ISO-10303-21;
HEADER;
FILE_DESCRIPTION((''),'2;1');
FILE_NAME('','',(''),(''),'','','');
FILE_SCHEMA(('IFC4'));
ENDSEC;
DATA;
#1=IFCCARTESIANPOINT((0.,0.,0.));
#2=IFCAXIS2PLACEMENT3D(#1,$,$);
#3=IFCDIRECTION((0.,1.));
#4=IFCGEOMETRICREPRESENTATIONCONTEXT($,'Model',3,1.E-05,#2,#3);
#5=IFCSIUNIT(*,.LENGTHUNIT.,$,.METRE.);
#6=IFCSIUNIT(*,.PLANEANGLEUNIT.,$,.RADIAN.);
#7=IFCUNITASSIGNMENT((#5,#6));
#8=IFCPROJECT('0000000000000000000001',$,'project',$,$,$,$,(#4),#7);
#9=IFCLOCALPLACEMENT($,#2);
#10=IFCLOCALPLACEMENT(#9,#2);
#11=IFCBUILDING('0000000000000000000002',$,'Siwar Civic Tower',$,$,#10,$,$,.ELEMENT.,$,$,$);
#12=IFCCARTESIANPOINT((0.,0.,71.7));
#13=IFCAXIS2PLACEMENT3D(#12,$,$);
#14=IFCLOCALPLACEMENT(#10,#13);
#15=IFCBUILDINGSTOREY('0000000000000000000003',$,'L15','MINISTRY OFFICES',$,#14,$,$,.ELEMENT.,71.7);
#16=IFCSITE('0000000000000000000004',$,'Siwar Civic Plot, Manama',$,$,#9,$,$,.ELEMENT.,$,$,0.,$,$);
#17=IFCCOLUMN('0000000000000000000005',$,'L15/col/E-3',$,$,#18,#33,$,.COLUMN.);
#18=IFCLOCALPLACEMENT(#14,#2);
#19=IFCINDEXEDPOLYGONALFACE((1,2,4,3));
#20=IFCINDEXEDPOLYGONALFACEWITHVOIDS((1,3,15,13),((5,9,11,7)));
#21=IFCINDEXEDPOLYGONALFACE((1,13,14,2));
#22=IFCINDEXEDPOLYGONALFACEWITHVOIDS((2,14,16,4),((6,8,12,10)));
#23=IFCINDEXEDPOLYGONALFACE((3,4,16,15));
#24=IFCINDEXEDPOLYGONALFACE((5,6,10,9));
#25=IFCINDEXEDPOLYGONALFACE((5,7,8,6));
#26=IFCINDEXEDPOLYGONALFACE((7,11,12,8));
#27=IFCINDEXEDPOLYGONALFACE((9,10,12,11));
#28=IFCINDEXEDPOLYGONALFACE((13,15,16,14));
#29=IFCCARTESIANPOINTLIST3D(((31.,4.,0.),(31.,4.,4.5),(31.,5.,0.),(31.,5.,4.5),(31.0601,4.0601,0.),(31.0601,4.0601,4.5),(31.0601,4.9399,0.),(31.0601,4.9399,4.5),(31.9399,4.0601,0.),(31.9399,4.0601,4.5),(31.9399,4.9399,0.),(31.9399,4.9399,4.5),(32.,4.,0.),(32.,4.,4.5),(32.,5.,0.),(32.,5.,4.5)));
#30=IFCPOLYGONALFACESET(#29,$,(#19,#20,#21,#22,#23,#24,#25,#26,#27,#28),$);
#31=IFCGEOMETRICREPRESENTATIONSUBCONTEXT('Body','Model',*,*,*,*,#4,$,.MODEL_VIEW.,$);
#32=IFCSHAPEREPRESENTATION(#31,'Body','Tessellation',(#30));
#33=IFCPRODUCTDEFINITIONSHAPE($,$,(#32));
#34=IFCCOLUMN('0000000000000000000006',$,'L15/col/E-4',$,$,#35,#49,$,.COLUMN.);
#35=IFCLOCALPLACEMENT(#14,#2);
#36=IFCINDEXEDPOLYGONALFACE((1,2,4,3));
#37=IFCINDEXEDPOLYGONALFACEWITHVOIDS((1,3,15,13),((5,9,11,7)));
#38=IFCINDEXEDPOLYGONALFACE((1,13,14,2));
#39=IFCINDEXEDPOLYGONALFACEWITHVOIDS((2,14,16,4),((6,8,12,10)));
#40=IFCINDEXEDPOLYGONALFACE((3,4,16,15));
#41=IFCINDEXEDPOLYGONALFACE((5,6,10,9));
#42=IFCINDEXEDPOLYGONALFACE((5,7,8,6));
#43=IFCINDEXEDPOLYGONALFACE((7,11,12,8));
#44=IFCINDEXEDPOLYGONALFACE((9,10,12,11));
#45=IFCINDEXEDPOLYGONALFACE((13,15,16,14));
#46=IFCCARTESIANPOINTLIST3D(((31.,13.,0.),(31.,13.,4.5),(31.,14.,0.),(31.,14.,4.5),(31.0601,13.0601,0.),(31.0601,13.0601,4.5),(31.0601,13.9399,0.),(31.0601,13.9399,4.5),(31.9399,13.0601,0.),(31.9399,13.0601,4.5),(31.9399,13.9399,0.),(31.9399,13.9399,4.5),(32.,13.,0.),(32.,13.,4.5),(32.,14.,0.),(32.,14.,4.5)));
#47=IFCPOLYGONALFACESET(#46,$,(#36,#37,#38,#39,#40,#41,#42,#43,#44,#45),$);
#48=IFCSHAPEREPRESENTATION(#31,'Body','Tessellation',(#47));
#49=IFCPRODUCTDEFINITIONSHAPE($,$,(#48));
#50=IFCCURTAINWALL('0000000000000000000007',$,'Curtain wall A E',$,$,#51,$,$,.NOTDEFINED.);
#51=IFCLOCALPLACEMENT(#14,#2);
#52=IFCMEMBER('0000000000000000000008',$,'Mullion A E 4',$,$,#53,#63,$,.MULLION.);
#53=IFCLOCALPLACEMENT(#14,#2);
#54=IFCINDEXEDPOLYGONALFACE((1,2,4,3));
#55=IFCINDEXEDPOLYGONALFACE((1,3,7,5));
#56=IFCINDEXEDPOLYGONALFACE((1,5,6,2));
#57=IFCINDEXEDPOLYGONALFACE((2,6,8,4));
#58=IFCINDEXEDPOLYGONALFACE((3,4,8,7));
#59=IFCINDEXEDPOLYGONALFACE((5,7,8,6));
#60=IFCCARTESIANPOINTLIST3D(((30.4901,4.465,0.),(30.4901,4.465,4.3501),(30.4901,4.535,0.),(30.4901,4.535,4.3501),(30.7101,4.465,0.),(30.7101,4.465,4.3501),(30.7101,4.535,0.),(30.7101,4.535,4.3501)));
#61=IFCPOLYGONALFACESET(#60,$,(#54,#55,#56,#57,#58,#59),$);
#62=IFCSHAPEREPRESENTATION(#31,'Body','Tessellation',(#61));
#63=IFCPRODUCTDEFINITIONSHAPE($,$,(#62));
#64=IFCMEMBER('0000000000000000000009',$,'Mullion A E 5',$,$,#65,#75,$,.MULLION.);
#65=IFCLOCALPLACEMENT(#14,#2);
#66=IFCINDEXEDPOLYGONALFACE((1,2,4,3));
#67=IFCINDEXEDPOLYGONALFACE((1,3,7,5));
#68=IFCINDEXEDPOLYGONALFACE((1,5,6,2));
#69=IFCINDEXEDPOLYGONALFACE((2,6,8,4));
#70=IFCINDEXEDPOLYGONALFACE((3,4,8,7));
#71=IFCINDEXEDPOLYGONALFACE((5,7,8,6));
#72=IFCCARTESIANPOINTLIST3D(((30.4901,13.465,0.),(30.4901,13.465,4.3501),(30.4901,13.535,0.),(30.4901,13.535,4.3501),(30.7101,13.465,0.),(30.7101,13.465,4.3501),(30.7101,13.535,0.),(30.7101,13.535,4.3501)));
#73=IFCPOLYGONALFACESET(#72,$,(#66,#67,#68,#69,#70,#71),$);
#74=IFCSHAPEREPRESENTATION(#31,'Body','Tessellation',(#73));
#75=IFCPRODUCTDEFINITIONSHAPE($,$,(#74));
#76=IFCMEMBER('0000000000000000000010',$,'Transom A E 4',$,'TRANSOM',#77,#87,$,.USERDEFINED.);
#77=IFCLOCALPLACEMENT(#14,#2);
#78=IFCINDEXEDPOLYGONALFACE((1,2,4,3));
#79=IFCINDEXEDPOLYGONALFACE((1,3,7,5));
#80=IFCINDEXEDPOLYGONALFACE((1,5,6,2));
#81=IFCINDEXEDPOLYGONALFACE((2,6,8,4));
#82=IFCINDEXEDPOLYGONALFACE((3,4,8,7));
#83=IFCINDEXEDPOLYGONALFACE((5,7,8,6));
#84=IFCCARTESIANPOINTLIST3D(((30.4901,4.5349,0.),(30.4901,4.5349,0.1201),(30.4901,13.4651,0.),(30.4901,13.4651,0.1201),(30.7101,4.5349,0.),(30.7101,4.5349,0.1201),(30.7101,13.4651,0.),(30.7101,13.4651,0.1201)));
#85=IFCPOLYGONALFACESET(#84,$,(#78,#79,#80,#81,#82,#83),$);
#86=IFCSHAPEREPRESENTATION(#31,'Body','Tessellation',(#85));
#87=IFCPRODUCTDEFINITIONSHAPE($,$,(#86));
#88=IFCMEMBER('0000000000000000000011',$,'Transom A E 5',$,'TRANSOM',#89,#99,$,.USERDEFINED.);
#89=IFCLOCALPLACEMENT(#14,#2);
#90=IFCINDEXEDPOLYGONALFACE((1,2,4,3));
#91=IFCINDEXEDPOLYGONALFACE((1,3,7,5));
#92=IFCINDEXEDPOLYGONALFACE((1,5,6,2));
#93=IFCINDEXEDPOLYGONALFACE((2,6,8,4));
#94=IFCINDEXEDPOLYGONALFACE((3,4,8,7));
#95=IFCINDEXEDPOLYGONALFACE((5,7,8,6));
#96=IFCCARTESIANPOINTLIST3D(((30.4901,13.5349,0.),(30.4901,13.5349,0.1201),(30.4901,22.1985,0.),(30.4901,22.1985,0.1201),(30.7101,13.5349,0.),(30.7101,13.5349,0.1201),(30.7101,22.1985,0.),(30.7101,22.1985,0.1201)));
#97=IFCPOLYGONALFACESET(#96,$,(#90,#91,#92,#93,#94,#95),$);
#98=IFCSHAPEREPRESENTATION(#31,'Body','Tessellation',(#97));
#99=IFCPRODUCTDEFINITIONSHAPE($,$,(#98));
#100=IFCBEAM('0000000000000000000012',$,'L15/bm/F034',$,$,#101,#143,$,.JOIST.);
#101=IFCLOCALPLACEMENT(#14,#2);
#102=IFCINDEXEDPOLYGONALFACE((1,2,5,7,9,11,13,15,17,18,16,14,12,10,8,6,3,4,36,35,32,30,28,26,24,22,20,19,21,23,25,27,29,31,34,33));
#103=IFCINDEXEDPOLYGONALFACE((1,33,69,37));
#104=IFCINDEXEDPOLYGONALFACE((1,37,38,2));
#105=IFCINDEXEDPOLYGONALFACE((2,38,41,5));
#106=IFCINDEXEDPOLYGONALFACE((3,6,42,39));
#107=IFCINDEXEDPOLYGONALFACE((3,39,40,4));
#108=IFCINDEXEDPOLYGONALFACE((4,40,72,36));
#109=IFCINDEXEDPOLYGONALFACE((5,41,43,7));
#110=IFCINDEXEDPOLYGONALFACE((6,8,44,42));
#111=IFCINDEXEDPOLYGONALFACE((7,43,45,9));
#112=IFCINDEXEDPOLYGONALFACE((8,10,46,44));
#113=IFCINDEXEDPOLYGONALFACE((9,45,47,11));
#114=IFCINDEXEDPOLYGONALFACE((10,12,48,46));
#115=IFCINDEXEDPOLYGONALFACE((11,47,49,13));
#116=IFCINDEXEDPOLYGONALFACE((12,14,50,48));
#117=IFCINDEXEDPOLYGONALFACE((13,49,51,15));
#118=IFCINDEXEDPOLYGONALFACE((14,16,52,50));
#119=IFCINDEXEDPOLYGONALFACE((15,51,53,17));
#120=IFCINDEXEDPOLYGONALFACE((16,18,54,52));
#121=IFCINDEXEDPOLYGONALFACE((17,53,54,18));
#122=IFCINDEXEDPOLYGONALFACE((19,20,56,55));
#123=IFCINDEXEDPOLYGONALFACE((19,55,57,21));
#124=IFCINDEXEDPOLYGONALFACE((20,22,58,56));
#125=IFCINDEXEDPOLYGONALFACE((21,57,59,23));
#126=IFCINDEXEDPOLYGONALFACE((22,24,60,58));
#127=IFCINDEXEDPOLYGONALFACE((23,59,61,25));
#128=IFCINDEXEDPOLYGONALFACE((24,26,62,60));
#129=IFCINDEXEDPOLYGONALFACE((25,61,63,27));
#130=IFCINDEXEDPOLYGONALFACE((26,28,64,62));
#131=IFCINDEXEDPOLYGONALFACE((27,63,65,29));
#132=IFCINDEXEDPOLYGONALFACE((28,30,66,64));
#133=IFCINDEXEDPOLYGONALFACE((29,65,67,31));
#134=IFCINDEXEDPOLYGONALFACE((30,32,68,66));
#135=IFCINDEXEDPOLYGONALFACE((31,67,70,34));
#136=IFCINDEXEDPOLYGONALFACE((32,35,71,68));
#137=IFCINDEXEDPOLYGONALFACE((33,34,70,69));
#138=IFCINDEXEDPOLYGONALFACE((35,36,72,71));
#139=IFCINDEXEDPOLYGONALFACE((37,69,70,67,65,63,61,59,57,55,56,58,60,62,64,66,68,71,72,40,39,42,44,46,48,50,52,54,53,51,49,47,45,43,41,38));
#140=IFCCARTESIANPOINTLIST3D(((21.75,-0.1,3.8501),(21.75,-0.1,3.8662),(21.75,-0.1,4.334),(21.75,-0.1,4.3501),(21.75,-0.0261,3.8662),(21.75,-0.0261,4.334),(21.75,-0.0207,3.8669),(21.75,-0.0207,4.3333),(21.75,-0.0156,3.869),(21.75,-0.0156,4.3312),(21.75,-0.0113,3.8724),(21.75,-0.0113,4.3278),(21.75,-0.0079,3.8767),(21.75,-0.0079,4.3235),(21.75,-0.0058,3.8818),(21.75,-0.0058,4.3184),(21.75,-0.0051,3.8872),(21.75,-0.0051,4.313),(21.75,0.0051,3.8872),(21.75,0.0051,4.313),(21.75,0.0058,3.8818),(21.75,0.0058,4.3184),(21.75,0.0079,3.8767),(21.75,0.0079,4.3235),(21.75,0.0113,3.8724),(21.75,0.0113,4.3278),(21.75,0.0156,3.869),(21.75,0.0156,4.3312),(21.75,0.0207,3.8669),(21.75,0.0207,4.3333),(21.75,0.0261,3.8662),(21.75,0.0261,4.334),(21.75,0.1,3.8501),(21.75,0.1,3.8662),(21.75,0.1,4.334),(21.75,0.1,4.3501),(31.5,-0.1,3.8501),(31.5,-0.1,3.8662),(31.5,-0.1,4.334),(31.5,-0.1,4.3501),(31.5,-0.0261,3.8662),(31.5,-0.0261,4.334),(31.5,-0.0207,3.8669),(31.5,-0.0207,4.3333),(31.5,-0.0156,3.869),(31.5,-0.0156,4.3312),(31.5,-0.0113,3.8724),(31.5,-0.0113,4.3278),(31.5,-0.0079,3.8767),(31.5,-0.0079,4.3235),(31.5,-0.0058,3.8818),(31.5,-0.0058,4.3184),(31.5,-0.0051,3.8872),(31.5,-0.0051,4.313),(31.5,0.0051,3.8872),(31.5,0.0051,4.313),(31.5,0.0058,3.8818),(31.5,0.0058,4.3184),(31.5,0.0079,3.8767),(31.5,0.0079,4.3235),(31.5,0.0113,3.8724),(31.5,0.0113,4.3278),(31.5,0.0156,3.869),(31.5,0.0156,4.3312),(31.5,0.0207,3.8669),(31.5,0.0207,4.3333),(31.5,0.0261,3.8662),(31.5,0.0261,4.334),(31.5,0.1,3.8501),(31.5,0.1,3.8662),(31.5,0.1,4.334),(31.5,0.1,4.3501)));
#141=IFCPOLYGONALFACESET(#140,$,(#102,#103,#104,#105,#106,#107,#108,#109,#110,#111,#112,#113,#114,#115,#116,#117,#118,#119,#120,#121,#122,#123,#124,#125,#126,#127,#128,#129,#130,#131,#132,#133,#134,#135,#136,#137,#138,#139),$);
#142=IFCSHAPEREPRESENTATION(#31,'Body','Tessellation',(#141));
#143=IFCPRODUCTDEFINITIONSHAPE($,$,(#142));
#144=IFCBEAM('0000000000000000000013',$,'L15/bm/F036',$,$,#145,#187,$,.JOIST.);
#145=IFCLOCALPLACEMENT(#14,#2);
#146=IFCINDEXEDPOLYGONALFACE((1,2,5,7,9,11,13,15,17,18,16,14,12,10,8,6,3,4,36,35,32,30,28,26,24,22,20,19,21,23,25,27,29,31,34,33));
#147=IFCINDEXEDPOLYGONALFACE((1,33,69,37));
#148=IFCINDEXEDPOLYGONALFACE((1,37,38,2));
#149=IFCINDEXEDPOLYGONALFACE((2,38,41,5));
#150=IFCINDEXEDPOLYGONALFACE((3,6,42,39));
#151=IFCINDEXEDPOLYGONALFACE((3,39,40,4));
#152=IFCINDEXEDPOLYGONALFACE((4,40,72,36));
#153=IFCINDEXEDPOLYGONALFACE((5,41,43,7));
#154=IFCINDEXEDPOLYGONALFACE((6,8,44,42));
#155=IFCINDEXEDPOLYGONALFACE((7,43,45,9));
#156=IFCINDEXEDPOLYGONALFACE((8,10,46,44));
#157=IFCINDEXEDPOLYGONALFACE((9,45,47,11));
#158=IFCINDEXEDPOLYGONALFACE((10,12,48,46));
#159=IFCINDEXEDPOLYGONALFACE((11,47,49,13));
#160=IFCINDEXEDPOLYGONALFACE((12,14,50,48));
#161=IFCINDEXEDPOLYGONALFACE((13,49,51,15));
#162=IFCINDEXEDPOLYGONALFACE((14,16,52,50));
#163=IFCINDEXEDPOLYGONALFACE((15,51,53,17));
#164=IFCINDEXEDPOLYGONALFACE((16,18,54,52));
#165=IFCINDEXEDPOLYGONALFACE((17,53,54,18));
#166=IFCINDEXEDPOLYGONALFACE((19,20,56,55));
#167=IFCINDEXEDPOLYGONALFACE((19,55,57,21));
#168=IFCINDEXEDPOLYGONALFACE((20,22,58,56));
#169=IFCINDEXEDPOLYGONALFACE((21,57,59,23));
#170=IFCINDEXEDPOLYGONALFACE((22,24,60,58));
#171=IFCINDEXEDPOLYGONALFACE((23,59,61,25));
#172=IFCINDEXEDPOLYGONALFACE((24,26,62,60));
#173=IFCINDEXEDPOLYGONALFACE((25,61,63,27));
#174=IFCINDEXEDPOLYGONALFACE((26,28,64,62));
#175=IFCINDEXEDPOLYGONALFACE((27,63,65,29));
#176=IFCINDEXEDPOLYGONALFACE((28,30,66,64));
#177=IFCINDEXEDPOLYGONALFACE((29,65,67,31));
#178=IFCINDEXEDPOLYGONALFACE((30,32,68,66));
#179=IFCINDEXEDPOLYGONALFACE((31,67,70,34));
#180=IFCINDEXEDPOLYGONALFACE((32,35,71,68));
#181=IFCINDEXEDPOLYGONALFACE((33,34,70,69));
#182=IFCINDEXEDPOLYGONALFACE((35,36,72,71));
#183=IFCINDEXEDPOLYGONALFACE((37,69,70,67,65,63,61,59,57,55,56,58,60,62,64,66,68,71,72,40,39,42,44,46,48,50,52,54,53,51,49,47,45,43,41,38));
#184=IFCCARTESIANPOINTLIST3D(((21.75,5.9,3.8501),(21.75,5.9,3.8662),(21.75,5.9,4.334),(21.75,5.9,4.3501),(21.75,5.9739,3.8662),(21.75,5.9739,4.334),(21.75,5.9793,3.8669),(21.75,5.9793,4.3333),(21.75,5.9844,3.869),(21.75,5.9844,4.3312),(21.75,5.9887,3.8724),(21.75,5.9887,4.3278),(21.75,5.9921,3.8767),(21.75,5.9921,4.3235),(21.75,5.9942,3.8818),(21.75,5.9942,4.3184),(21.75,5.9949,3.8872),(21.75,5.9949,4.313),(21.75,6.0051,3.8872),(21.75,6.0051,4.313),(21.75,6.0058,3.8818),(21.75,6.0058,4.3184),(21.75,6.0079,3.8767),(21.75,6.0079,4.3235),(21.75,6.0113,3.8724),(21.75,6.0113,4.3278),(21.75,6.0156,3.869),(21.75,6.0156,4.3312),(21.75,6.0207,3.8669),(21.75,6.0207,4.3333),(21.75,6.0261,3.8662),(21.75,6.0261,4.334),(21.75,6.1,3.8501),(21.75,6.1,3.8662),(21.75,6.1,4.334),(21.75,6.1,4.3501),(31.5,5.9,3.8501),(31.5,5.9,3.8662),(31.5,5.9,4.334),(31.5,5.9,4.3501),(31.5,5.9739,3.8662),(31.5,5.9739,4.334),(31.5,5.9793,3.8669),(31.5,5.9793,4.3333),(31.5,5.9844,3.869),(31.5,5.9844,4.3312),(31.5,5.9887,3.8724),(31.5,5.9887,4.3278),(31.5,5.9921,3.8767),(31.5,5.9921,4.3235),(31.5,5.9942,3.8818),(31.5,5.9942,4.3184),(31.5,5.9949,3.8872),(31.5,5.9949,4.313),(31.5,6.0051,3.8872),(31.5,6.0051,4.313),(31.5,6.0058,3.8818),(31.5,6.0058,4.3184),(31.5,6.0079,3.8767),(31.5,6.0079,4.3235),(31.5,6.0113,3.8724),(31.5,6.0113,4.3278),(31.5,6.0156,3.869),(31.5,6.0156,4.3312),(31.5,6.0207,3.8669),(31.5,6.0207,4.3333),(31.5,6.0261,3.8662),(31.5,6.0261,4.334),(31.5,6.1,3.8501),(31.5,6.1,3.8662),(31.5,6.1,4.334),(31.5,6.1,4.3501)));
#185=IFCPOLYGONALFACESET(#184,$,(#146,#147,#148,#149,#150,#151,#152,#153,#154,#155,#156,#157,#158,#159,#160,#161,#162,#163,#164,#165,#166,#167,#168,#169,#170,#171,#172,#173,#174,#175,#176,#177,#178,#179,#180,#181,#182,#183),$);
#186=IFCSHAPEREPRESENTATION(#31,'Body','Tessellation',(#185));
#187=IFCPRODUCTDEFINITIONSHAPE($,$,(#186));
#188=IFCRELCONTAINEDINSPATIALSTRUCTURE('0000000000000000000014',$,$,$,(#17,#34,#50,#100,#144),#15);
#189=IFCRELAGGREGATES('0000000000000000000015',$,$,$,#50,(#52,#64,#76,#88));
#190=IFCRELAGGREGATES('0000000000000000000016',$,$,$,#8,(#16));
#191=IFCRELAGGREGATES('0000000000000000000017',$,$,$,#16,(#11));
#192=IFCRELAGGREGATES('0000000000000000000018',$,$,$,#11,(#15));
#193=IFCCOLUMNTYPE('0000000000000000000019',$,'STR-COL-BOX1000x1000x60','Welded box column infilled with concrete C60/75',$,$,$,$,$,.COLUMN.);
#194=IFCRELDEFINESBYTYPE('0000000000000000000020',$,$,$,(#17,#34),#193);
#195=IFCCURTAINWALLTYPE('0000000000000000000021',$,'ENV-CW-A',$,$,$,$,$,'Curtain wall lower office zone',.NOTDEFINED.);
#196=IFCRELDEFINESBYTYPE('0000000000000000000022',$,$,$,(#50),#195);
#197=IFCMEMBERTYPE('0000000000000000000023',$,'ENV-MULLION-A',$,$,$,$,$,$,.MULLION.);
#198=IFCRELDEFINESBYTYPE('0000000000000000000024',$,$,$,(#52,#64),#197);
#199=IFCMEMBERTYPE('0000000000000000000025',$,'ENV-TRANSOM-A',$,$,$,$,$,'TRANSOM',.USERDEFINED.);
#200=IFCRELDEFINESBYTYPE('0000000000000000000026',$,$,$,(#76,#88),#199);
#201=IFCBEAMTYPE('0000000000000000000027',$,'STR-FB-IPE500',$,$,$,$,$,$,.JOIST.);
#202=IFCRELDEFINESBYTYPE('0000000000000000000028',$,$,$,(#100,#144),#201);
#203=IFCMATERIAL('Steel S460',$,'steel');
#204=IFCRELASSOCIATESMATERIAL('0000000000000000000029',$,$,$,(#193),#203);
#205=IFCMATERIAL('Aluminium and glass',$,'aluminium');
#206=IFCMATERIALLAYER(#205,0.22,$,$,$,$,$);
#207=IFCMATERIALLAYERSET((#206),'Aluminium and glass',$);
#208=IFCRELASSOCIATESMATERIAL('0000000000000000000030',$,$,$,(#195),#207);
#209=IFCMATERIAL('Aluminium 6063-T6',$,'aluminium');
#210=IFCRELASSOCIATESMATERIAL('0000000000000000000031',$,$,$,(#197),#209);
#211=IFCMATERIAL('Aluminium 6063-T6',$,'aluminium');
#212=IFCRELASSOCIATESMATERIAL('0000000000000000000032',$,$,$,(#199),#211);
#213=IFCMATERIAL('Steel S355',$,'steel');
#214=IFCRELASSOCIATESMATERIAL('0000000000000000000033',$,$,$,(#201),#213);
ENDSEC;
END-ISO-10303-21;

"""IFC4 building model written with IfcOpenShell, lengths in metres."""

from ifc_helpers import new_model, si_unit, direction, frame, origin, origin_2d, place, context, subcontext, project, spatial, rectangle, hollow_rectangle, i_section, extrude, material, layer, layer_set, material_profile, profile_set, type_object, element, aggregate, save


model = new_model("IFC4")

# Units and contexts
model_context = context("Model", 3, precision=1e-05, world=origin(), true_north=direction((0.0, 1.0)))
body_context = subcontext(model_context, "Body", "Model", "MODEL_VIEW")
ifc_project = project(units=[si_unit("LENGTHUNIT", "METRE"), si_unit("PLANEANGLEUNIT", "RADIAN")], contexts=[model_context])

# Site, building, storey
site_placement = place(None, origin())
site = spatial("IfcSite", under=ifc_project, at=site_placement, Name="Siwar Civic Plot, Manama", CompositionType="ELEMENT", RefElevation=0.0)
building_placement = place(site_placement, origin())
building = spatial("IfcBuilding", under=site, at=building_placement, Name="Siwar Civic Tower", CompositionType="ELEMENT")
storey_placement = place(building_placement, frame((0.0, 0.0, 71.7)))
storey = spatial("IfcBuildingStorey", under=building, at=storey_placement, Name="L15", Description="MINISTRY OFFICES", CompositionType="ELEMENT", Elevation=71.7)

# Columns
ifc_material_1 = material(Name="Steel S460", Category="steel")
ifc_material_profile_1 = material_profile(ifc_material_1, hollow_rectangle(XDim=1.0, YDim=1.0, WallThickness=0.0601, at=origin_2d()), Name="BOX1000x1000x60")
ifc_profile_set_1 = profile_set([ifc_material_profile_1], Name="Steel S460")
column_type = type_object("IfcColumnType", Name="STR-COL-BOX1000x1000x60", Description="Welded box column infilled with concrete C60/75", PredefinedType="COLUMN", material=ifc_profile_set_1)
for number, where, z_axis, x_axis, name in (
    (1, (31.5, 4.5, 0.0), (0.0, 0.0, 1.0), (1.0, 0.0, 0.0), "L15/col/E-3"),
    (2, (31.5, 13.5, 0.0), (0.0, 0.0, 1.0), (1.0, 0.0, 0.0), "L15/col/E-4"),
):
    element("IfcColumn", number, at=place(storey_placement, frame(where, z_axis=z_axis, x_axis=x_axis)), inside=storey, type_object=column_type, Name=name, PredefinedType="COLUMN", context=body_context, shape_type="SweptSolid", body=[
        extrude(hollow_rectangle(XDim=1.0, YDim=1.0, WallThickness=0.0601, at=origin_2d()), origin(), (0.0, 0.0, 1.0), 4.5),
    ])

# Curtain wall, members
ifc_material_2 = material(Name="Aluminium and glass", Category="aluminium")
ifc_layer_1 = layer(ifc_material_2, 0.22)
ifc_layer_set_1 = layer_set([ifc_layer_1], Name="Aluminium and glass")
curtain_wall_type = type_object("IfcCurtainWallType", Name="ENV-CW-A", ElementType="Curtain wall lower office zone", PredefinedType="NOTDEFINED", material=ifc_layer_set_1)
curtain_wall_placement = place(storey_placement, origin())
curtain_wall = element("IfcCurtainWall", 3, at=curtain_wall_placement, inside=storey, type_object=curtain_wall_type, Name="Curtain wall A E", PredefinedType="NOTDEFINED")
ifc_material_3 = material(Name="Aluminium 6063-T6", Category="aluminium")
ifc_material_profile_2 = material_profile(ifc_material_3, rectangle(XDim=0.22, YDim=0.0701, at=origin_2d()), Name="AL 220x70")
ifc_profile_set_2 = profile_set([ifc_material_profile_2], Name="Aluminium 6063-T6")
member_type_1 = type_object("IfcMemberType", Name="ENV-MULLION-A", PredefinedType="MULLION", material=ifc_profile_set_2)
member_1_placement = place(storey_placement, frame((30.6001, 4.5, 0.0), z_axis=(0.0, 0.0, 1.0), x_axis=(-1.0, 0.0, 0.0)))
member_1 = element("IfcMember", 4, at=member_1_placement, type_object=member_type_1, Name="Mullion A E 4", PredefinedType="MULLION", context=body_context, shape_type="SweptSolid", body=[
    extrude(rectangle(XDim=0.22, YDim=0.0701, at=origin_2d()), origin(), (0.0, 0.0, 1.0), 4.3501),
])
member_2_placement = place(storey_placement, frame((30.6001, 13.5, 0.0), z_axis=(0.0, 0.0, 1.0), x_axis=(-1.0, 0.0, 0.0)))
member_2 = element("IfcMember", 5, at=member_2_placement, type_object=member_type_1, Name="Mullion A E 5", PredefinedType="MULLION", context=body_context, shape_type="SweptSolid", body=[
    extrude(rectangle(XDim=0.22, YDim=0.0701, at=origin_2d()), origin(), (0.0, 0.0, 1.0), 4.3501),
])
ifc_material_4 = material(Name="Aluminium 6063-T6", Category="aluminium")
ifc_material_profile_3 = material_profile(ifc_material_4, rectangle(XDim=0.22, YDim=0.1201, at=origin_2d()), Name="AL 220x120")
ifc_profile_set_3 = profile_set([ifc_material_profile_3], Name="Aluminium 6063-T6")
member_type_2 = type_object("IfcMemberType", Name="ENV-TRANSOM-A", ElementType="TRANSOM", PredefinedType="USERDEFINED", material=ifc_profile_set_3)
member_3_placement = place(storey_placement, frame((30.6001, 4.5349, 0.0601), z_axis=(0.0, 1.0, 0.0), x_axis=(-1.0, 0.0, 0.0)))
member_3 = element("IfcMember", 6, at=member_3_placement, type_object=member_type_2, Name="Transom A E 4", ObjectType="TRANSOM", PredefinedType="USERDEFINED", context=body_context, shape_type="SweptSolid", body=[
    extrude(rectangle(XDim=0.22, YDim=0.1201, at=origin_2d()), origin(), (0.0, 0.0, 1.0), 8.9302),
])
member_4_placement = place(storey_placement, frame((30.6001, 13.5349, 0.0601), z_axis=(0.0, 1.0, 0.0), x_axis=(-1.0, 0.0, 0.0)))
member_4 = element("IfcMember", 7, at=member_4_placement, type_object=member_type_2, Name="Transom A E 5", ObjectType="TRANSOM", PredefinedType="USERDEFINED", context=body_context, shape_type="SweptSolid", body=[
    extrude(rectangle(XDim=0.22, YDim=0.1201, at=origin_2d()), origin(), (0.0, 0.0, 1.0), 8.6636),
])

# Beams
ifc_material_5 = material(Name="Steel S355", Category="steel")
ifc_material_profile_4 = material_profile(ifc_material_5, i_section(OverallWidth=0.2, OverallDepth=0.5, WebThickness=0.0103, FlangeThickness=0.0161, FilletRadius=0.021, at=origin_2d()), Name="IPE500")
ifc_profile_set_4 = profile_set([ifc_material_profile_4], Name="Steel S355")
beam_type_1 = type_object("IfcBeamType", Name="STR-FB-IPE500", PredefinedType="JOIST", material=ifc_profile_set_4)
for number, where, z_axis, x_axis, name in (
    (8, (21.75, 0.0, 4.1001), (1.0, 0.0, 0.0), (0.0, 1.0, 0.0), "L15/bm/F034"),
    (9, (21.75, 6.0, 4.1001), (1.0, 0.0, 0.0), (0.0, 1.0, 0.0), "L15/bm/F036"),
):
    element("IfcBeam", number, at=place(storey_placement, frame(where, z_axis=z_axis, x_axis=x_axis)), inside=storey, type_object=beam_type_1, Name=name, PredefinedType="JOIST", context=body_context, shape_type="SweptSolid", body=[
        extrude(i_section(OverallWidth=0.2, OverallDepth=0.5, WebThickness=0.0103, FlangeThickness=0.0161, FilletRadius=0.021, at=origin_2d()), origin(), (0.0, 0.0, 1.0), 9.75),
    ])

aggregate(curtain_wall, [member_1, member_2, member_3, member_4])

save(model, "model.ifc")
